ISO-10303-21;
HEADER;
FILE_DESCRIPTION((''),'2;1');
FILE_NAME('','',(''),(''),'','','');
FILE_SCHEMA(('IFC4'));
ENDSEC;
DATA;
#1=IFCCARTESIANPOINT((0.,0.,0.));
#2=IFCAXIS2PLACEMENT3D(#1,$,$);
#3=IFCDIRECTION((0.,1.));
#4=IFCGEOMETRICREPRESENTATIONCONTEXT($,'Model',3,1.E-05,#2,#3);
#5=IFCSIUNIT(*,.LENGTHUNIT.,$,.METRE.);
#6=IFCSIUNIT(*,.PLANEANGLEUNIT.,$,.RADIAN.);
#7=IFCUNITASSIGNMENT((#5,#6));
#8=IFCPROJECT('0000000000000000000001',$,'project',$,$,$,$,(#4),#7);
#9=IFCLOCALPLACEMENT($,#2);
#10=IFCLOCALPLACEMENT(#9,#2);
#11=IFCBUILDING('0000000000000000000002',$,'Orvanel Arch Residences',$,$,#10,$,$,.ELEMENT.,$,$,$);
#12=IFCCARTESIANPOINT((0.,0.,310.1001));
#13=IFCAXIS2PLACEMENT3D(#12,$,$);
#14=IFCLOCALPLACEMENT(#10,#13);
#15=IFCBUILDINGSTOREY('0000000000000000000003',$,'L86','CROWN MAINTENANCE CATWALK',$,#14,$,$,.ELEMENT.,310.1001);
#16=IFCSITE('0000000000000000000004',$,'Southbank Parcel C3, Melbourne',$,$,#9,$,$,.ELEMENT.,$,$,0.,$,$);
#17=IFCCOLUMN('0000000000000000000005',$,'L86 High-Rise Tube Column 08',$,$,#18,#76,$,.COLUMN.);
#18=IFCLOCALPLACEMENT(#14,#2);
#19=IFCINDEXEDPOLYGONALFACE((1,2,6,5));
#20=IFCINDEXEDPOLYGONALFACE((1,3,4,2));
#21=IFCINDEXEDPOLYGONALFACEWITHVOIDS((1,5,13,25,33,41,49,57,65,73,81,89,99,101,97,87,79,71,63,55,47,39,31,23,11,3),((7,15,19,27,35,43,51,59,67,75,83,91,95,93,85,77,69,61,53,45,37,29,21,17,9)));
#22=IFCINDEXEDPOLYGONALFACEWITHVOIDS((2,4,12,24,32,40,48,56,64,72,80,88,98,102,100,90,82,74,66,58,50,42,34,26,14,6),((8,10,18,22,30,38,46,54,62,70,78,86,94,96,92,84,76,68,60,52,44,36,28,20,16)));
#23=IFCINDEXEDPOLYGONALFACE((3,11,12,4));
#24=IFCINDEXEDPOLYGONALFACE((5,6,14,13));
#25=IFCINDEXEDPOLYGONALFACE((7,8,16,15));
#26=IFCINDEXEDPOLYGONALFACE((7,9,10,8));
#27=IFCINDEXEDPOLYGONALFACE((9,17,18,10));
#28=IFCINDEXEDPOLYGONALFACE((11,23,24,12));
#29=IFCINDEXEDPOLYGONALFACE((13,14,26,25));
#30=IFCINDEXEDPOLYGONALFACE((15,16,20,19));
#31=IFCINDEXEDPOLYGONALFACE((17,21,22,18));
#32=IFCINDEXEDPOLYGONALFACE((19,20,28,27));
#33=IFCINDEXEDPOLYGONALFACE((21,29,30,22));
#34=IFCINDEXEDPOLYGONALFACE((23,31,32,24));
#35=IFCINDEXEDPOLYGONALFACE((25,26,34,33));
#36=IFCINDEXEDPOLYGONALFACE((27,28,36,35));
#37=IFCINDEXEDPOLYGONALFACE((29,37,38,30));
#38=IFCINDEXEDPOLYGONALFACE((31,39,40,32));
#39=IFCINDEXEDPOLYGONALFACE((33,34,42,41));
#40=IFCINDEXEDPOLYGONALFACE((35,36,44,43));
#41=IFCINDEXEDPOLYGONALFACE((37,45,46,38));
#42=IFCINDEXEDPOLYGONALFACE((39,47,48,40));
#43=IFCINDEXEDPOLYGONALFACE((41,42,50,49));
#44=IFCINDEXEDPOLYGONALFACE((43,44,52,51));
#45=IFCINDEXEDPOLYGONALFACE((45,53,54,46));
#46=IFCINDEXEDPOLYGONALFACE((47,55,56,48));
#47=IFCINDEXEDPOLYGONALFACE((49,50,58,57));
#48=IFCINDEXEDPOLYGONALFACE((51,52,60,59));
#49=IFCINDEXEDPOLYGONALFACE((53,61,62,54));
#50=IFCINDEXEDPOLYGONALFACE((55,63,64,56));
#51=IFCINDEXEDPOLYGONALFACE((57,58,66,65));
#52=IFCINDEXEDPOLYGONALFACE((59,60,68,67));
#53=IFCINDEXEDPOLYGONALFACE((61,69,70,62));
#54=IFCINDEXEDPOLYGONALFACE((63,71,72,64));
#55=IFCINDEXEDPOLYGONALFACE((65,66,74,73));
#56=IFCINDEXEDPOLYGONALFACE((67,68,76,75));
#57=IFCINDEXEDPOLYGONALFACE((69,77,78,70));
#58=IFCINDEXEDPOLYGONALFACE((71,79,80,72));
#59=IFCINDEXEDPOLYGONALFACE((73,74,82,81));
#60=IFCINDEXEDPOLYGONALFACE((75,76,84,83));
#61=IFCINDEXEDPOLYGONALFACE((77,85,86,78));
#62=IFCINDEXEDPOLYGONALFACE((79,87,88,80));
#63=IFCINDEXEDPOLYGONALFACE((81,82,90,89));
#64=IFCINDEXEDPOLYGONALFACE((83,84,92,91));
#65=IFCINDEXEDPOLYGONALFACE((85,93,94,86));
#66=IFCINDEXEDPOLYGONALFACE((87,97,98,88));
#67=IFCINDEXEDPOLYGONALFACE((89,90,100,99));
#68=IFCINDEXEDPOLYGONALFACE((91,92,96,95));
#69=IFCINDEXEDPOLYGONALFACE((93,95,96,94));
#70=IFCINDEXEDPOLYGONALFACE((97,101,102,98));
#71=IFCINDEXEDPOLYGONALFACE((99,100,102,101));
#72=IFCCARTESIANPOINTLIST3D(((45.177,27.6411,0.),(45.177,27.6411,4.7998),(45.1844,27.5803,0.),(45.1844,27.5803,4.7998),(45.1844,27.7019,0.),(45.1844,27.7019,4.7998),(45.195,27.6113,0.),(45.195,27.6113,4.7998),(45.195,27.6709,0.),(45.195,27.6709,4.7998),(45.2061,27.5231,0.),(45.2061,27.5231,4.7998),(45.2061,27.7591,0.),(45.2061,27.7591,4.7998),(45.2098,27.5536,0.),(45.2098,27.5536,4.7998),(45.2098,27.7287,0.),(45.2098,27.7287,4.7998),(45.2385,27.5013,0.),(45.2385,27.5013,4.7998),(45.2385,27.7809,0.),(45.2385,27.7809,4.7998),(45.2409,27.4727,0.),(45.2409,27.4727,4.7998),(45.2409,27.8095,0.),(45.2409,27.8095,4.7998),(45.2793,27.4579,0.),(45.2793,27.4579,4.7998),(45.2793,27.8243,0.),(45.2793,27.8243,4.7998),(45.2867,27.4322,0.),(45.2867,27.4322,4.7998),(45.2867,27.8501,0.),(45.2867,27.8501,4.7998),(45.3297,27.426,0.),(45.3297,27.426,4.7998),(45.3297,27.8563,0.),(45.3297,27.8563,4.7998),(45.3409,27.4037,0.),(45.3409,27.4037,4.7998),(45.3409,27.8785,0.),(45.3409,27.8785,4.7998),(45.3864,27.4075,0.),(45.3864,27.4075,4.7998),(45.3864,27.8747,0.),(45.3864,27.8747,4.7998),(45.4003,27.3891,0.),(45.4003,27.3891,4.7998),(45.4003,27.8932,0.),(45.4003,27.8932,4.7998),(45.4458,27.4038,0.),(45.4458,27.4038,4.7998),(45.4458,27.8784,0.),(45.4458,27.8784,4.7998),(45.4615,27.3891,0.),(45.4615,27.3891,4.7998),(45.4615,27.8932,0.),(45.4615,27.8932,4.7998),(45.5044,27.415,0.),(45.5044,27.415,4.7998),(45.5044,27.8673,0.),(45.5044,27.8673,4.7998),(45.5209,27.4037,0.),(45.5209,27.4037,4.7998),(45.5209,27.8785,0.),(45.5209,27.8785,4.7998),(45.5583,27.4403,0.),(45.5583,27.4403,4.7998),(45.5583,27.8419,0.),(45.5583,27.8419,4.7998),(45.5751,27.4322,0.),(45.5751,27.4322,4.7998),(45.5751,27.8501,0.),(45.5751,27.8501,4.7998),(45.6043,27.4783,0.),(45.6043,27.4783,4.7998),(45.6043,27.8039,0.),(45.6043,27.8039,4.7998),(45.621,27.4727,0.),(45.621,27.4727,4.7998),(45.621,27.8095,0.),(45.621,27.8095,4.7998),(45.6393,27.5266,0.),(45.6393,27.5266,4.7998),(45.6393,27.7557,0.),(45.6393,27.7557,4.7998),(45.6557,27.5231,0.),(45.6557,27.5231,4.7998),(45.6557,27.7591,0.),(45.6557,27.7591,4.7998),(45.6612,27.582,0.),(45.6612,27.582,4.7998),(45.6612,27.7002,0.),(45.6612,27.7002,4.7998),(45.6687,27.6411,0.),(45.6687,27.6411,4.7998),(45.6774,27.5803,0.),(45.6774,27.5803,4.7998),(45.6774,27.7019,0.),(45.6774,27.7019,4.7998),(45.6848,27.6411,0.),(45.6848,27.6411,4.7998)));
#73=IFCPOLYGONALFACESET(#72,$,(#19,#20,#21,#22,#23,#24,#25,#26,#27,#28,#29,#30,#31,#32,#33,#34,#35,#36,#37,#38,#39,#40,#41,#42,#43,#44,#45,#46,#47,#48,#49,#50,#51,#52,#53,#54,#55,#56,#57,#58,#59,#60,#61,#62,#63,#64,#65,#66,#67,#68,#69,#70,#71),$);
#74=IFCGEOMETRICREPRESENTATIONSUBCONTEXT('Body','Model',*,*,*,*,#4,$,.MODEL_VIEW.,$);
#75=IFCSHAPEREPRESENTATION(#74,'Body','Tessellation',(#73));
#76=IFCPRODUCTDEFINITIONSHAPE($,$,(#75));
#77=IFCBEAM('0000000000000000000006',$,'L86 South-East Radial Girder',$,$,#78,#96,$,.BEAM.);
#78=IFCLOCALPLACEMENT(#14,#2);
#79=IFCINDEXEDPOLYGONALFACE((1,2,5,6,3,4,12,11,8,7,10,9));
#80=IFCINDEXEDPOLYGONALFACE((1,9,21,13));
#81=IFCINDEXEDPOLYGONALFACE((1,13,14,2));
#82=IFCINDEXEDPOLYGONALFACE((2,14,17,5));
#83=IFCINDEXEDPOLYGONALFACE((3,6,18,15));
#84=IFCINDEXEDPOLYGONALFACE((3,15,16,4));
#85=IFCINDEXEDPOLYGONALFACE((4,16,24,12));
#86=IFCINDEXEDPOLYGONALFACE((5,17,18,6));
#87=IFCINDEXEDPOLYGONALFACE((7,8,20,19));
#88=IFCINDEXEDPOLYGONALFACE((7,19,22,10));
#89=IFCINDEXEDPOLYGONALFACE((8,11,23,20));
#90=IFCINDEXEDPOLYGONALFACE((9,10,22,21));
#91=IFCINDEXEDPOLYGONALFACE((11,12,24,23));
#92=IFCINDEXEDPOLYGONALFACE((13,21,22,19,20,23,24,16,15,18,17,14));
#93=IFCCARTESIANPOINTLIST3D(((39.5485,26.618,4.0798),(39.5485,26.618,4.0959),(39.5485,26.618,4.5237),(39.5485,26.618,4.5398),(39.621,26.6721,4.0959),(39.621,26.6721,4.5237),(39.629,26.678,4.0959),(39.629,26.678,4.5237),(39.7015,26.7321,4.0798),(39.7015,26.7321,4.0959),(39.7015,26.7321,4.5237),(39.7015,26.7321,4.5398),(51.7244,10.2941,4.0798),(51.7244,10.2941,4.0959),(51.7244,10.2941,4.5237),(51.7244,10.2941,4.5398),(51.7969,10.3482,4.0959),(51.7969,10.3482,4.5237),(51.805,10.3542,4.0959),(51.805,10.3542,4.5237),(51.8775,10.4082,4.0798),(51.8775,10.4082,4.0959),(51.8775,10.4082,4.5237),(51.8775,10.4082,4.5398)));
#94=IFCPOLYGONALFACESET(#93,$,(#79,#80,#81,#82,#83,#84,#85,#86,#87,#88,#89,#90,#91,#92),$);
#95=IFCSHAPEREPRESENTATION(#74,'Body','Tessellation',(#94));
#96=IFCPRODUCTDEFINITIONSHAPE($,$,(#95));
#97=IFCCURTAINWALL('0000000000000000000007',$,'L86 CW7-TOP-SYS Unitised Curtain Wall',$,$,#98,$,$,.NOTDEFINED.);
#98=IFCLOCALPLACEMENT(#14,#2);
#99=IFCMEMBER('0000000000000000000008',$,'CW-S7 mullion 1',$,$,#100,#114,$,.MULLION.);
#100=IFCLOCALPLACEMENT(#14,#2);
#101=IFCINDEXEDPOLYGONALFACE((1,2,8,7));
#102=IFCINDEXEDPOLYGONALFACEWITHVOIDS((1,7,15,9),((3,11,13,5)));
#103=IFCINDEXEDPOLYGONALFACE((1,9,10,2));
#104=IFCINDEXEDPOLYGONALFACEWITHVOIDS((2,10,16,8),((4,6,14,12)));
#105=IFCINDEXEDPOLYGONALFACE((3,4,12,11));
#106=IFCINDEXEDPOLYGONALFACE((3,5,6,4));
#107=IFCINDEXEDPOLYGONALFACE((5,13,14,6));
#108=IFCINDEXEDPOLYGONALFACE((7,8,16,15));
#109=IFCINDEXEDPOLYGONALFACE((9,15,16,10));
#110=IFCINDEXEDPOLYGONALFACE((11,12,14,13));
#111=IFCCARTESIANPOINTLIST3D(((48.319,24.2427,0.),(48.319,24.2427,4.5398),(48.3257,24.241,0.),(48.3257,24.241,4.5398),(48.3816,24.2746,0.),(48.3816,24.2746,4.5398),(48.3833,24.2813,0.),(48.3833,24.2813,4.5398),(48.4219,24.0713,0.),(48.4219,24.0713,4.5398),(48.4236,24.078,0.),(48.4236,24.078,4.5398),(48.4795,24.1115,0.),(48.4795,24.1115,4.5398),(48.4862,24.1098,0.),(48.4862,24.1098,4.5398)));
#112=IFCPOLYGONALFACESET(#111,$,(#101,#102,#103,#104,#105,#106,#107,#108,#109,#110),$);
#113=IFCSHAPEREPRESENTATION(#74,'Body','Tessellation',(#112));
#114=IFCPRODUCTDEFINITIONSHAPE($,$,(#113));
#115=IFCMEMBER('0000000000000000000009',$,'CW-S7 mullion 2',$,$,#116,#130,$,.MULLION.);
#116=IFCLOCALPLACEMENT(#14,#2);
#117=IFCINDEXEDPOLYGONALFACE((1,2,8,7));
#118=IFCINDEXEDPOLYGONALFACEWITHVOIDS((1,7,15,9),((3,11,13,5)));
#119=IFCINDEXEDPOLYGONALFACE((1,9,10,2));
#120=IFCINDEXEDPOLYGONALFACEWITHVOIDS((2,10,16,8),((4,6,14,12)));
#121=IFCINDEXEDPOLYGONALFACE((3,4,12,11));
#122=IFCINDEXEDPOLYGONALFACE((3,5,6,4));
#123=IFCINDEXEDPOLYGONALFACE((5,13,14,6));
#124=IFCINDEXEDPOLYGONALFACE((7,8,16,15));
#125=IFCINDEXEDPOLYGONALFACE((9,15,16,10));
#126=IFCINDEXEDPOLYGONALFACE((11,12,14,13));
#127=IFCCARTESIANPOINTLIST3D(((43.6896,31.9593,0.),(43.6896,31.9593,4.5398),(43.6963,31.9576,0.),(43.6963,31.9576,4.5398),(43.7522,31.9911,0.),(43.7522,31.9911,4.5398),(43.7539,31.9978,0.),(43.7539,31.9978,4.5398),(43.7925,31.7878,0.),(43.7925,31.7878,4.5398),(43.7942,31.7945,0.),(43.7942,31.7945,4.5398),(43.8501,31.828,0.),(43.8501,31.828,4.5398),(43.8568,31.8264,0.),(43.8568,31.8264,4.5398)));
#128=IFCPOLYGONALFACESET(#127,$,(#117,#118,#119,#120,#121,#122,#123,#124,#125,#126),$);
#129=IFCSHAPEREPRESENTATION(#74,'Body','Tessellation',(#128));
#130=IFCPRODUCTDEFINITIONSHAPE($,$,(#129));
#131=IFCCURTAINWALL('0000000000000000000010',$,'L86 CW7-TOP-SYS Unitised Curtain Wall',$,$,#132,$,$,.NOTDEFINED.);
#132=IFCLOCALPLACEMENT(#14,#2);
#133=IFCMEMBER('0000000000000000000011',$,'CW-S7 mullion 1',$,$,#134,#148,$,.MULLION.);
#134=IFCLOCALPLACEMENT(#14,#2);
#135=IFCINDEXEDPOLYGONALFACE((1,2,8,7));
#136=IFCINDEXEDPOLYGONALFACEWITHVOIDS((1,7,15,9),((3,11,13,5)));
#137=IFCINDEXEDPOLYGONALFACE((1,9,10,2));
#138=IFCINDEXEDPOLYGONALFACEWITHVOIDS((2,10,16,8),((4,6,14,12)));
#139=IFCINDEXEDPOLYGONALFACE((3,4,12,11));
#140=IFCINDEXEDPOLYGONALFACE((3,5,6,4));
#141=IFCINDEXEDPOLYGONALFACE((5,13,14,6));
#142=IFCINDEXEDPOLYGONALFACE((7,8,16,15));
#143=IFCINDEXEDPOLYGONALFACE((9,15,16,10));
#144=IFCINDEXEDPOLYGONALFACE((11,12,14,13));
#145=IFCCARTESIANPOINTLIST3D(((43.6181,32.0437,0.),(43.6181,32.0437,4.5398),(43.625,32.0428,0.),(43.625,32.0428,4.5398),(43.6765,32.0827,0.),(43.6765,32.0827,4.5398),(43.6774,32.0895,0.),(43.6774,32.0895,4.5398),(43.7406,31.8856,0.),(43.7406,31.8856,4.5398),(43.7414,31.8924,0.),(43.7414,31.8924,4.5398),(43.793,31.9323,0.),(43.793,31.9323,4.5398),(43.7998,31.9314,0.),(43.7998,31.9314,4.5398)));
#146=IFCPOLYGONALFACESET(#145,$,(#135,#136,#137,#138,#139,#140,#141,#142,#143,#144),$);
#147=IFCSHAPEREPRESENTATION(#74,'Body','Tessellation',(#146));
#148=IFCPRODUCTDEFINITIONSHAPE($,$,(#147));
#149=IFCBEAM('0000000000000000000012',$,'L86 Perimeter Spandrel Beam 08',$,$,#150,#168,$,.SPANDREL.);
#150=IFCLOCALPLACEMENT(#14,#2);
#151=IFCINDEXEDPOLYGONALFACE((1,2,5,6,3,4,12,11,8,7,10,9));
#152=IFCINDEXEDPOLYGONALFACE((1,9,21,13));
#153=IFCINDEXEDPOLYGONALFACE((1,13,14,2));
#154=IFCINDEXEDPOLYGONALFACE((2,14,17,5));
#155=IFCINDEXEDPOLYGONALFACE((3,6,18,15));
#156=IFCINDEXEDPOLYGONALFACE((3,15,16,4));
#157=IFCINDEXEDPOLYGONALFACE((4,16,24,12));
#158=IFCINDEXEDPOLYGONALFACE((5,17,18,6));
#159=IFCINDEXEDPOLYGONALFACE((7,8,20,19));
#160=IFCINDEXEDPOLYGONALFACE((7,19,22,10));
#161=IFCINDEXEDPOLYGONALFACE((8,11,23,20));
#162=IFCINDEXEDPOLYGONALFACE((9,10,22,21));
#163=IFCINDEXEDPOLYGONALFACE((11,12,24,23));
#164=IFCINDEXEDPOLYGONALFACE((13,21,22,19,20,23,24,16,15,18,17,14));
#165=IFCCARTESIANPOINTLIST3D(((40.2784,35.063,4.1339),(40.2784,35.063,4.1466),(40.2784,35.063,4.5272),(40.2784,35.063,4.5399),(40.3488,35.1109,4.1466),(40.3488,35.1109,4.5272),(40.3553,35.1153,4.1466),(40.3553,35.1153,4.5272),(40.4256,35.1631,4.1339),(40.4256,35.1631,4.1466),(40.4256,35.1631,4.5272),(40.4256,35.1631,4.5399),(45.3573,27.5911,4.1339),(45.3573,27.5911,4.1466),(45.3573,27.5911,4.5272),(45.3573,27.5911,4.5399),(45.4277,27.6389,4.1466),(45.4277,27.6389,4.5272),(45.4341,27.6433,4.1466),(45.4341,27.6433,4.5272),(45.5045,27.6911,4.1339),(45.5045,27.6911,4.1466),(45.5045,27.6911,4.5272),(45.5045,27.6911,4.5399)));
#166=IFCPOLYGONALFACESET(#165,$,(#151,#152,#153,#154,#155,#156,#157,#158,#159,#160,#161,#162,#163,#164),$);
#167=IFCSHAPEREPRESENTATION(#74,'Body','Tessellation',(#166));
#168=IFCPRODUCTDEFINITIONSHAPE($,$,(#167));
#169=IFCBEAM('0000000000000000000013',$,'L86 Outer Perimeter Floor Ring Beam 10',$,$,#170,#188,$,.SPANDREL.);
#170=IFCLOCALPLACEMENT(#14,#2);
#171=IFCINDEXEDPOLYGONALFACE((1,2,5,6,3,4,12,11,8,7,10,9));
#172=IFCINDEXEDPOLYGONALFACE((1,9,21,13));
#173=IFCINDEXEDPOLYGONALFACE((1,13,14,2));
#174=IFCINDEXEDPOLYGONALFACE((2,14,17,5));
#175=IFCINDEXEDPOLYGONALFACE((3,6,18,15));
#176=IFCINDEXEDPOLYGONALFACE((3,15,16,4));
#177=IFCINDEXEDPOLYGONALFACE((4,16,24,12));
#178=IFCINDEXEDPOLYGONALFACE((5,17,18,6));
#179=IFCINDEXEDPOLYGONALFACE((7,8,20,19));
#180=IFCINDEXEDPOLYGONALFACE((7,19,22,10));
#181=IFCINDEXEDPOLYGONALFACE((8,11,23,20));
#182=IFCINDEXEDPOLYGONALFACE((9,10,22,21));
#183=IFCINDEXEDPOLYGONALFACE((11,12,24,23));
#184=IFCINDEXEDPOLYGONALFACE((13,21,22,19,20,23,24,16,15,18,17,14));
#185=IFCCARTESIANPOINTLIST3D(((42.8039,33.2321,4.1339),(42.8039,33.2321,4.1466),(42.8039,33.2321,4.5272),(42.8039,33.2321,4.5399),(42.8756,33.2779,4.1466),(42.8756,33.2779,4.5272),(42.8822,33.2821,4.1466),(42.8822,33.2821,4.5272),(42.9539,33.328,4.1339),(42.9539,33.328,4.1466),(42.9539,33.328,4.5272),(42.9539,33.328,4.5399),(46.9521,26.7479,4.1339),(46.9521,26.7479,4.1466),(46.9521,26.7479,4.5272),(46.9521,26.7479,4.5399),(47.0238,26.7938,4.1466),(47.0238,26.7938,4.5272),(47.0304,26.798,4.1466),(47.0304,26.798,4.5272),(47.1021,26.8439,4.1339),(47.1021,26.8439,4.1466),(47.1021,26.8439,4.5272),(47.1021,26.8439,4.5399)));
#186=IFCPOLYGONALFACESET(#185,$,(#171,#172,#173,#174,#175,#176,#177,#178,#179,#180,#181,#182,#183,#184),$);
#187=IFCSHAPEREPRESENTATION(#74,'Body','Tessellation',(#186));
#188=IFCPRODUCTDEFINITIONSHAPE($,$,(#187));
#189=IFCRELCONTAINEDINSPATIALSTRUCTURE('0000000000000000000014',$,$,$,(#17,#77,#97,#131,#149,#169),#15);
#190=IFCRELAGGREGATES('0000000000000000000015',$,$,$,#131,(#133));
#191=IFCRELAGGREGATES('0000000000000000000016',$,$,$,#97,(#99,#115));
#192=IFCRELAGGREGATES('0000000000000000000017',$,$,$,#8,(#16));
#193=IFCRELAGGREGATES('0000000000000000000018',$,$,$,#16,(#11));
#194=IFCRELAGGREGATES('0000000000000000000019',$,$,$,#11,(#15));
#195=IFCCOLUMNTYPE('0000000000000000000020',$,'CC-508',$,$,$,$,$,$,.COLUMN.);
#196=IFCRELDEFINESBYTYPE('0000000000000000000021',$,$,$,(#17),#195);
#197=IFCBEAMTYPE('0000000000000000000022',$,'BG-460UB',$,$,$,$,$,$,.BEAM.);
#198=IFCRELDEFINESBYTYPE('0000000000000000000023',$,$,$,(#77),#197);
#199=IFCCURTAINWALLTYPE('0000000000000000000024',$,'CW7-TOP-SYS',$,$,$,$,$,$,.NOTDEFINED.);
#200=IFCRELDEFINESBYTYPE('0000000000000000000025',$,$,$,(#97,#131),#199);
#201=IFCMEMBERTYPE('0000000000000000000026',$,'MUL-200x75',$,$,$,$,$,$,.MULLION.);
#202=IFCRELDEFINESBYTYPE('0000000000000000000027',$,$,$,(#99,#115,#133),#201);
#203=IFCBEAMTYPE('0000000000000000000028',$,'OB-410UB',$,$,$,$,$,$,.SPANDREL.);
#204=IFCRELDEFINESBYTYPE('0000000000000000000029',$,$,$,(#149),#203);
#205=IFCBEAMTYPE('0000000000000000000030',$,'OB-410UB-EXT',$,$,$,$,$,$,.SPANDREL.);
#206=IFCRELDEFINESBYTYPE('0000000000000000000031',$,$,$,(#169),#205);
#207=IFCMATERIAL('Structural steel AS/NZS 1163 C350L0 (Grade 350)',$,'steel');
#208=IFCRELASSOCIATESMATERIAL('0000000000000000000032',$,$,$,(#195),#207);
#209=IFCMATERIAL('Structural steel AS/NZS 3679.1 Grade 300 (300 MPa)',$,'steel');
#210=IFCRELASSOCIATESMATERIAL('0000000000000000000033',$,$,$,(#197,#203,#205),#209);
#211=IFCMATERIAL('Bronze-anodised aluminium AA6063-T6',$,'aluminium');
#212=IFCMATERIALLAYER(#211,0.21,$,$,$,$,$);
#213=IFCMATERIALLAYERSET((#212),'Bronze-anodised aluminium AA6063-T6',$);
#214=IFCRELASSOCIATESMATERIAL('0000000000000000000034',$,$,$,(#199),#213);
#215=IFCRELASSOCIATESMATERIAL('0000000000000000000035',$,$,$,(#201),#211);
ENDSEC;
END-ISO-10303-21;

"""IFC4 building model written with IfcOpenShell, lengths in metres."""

from ifc_helpers import new_model, si_unit, direction, frame, origin, origin_2d, place, context, subcontext, project, spatial, hollow_rectangle, hollow_circle, i_section, extrude, material, layer, layer_set, material_profile, profile_set, type_object, element, aggregate, save


model = new_model("IFC4")

# Units and contexts
model_context = context("Model", 3, precision=1e-05, world=origin(), true_north=direction((0.0, 1.0)))
body_context = subcontext(model_context, "Body", "Model", "MODEL_VIEW")
ifc_project = project(units=[si_unit("LENGTHUNIT", "METRE"), si_unit("PLANEANGLEUNIT", "RADIAN")], contexts=[model_context])

# Site, building, storey
site_placement = place(None, origin())
site = spatial("IfcSite", under=ifc_project, at=site_placement, Name="Southbank Parcel C3, Melbourne", CompositionType="ELEMENT", RefElevation=0.0)
building_placement = place(site_placement, origin())
building = spatial("IfcBuilding", under=site, at=building_placement, Name="Orvanel Arch Residences", CompositionType="ELEMENT")
storey_placement = place(building_placement, frame((0.0, 0.0, 310.1001)))
storey = spatial("IfcBuildingStorey", under=building, at=storey_placement, Name="L86", Description="CROWN MAINTENANCE CATWALK", CompositionType="ELEMENT", Elevation=310.1001)

# Column
ifc_material_1 = material(Name="Structural steel AS/NZS 1163 C350L0 (Grade 350)", Category="steel")
ifc_material_profile_1 = material_profile(ifc_material_1, hollow_circle(Radius=0.2539, WallThickness=0.0161, at=origin_2d()), Name="CHS508x16")
ifc_profile_set_1 = profile_set([ifc_material_profile_1], Name="Structural steel AS/NZS 1163 C350L0 (Grade 350)")
column_type = type_object("IfcColumnType", Name="CC-508", PredefinedType="COLUMN", material=ifc_profile_set_1)
column_placement = place(storey_placement, frame((45.4309, 27.6411, 0.0), z_axis=(0.0, 0.0, 1.0), x_axis=(1.0, 0.0, 0.0)))
element("IfcColumn", 1, at=column_placement, inside=storey, type_object=column_type, Name="L86 High-Rise Tube Column 08", PredefinedType="COLUMN", context=body_context, shape_type="SweptSolid", body=[
    extrude(hollow_circle(Radius=0.2539, WallThickness=0.0161, at=origin_2d()), origin(), (0.0, 0.0, 1.0), 4.7998),
])

# Beam
ifc_material_2 = material(Name="Structural steel AS/NZS 3679.1 Grade 300 (300 MPa)", Category="steel")
ifc_material_profile_2 = material_profile(ifc_material_2, i_section(OverallWidth=0.1909, OverallDepth=0.46, WebThickness=0.01, FlangeThickness=0.0161, at=origin_2d()), Name="460UB82.1")
ifc_profile_set_2 = profile_set([ifc_material_profile_2], Name="Structural steel AS/NZS 3679.1 Grade 300 (300 MPa)")
beam_type_1 = type_object("IfcBeamType", Name="BG-460UB", PredefinedType="BEAM", material=ifc_profile_set_2)
beam_1_placement = place(storey_placement, frame((39.625, 26.675, 4.3098), z_axis=(0.597894, -0.801575, 0.0), x_axis=(0.801575, 0.597894, 0.0)))
element("IfcBeam", 2, at=beam_1_placement, inside=storey, type_object=beam_type_1, Name="L86 South-East Radial Girder", PredefinedType="BEAM", context=body_context, shape_type="SweptSolid", body=[
    extrude(i_section(OverallWidth=0.1909, OverallDepth=0.46, WebThickness=0.01, FlangeThickness=0.0161, at=origin_2d()), origin(), (0.0, 0.0, 1.0), 20.3647),
])

# Curtain wall, members
ifc_material_3 = material(Name="Bronze-anodised aluminium AA6063-T6", Category="aluminium")
ifc_layer_1 = layer(ifc_material_3, 0.21)
ifc_layer_set_1 = layer_set([ifc_layer_1], Name="Bronze-anodised aluminium AA6063-T6")
curtain_wall_type = type_object("IfcCurtainWallType", Name="CW7-TOP-SYS", PredefinedType="NOTDEFINED", material=ifc_layer_set_1)
curtain_wall_1_placement = place(storey_placement, origin())
curtain_wall_1 = element("IfcCurtainWall", 3, at=curtain_wall_1_placement, inside=storey, type_object=curtain_wall_type, Name="L86 CW7-TOP-SYS Unitised Curtain Wall", PredefinedType="NOTDEFINED")
ifc_material_profile_3 = material_profile(ifc_material_3, hollow_rectangle(XDim=0.075, YDim=0.2, WallThickness=0.0049, at=origin_2d()), Name="ALU200x75x5")
ifc_profile_set_3 = profile_set([ifc_material_profile_3], Name="Bronze-anodised aluminium AA6063-T6")
member_type_1 = type_object("IfcMemberType", Name="MUL-200x75", PredefinedType="MULLION", material=ifc_profile_set_3)
member_1_placement = place(storey_placement, frame((48.4026, 24.1763, 0.0), z_axis=(0.0, 0.0, 1.0), x_axis=(-0.857522, -0.514447, 0.0)))
member_1 = element("IfcMember", 4, at=member_1_placement, type_object=member_type_1, Name="CW-S7 mullion 1", PredefinedType="MULLION", context=body_context, shape_type="SweptSolid", body=[
    extrude(hollow_rectangle(XDim=0.075, YDim=0.2, WallThickness=0.0049, at=origin_2d()), origin(), (0.0, 0.0, 1.0), 4.5398),
])
member_2_placement = place(storey_placement, frame((43.7732, 31.8928, 0.0), z_axis=(0.0, 0.0, 1.0), x_axis=(-0.857522, -0.514447, 0.0)))
member_2 = element("IfcMember", 5, at=member_2_placement, type_object=member_type_1, Name="CW-S7 mullion 2", PredefinedType="MULLION", context=body_context, shape_type="SweptSolid", body=[
    extrude(hollow_rectangle(XDim=0.075, YDim=0.2, WallThickness=0.0049, at=origin_2d()), origin(), (0.0, 0.0, 1.0), 4.5398),
])

# Curtain wall, member
curtain_wall_2_placement = place(storey_placement, origin())
curtain_wall_2 = element("IfcCurtainWall", 6, at=curtain_wall_2_placement, inside=storey, type_object=curtain_wall_type, Name="L86 CW7-TOP-SYS Unitised Curtain Wall", PredefinedType="NOTDEFINED")
member_3_placement = place(storey_placement, frame((43.709, 31.9875, 0.0), z_axis=(0.0, 0.0, 1.0), x_axis=(-0.790657, -0.61226, 0.0)))
member_3 = element("IfcMember", 7, at=member_3_placement, type_object=member_type_1, Name="CW-S7 mullion 1", PredefinedType="MULLION", context=body_context, shape_type="SweptSolid", body=[
    extrude(hollow_rectangle(XDim=0.075, YDim=0.2, WallThickness=0.0049, at=origin_2d()), origin(), (0.0, 0.0, 1.0), 4.5398),
])

# Beams
ifc_material_profile_4 = material_profile(ifc_material_2, i_section(OverallWidth=0.178, OverallDepth=0.406, WebThickness=0.0078, FlangeThickness=0.0127, at=origin_2d()), Name="410UB59.7")
ifc_profile_set_4 = profile_set([ifc_material_profile_4], Name="Structural steel AS/NZS 3679.1 Grade 300 (300 MPa)")
beam_type_2 = type_object("IfcBeamType", Name="OB-410UB", PredefinedType="SPANDREL", material=ifc_profile_set_4)
beam_2_placement = place(storey_placement, frame((45.4309, 27.6411, 4.3369), z_axis=(-0.562155, 0.827032, 0.0), x_axis=(-0.827032, -0.562155, 0.0)))
element("IfcBeam", 8, at=beam_2_placement, inside=storey, type_object=beam_type_2, Name="L86 Perimeter Spandrel Beam 08", PredefinedType="SPANDREL", context=body_context, shape_type="SweptSolid", body=[
    extrude(i_section(OverallWidth=0.178, OverallDepth=0.406, WebThickness=0.0078, FlangeThickness=0.0127, at=origin_2d()), origin(), (0.0, 0.0, 1.0), 9.0347),
])
ifc_material_profile_5 = material_profile(ifc_material_2, i_section(OverallWidth=0.178, OverallDepth=0.406, WebThickness=0.0078, FlangeThickness=0.0127, at=origin_2d()), Name="410UB59.7")
ifc_profile_set_5 = profile_set([ifc_material_profile_5], Name="Structural steel AS/NZS 3679.1 Grade 300 (300 MPa)")
beam_type_3 = type_object("IfcBeamType", Name="OB-410UB-EXT", PredefinedType="SPANDREL", material=ifc_profile_set_5)
beam_3_placement = place(storey_placement, frame((47.0271, 26.7959, 4.3369), z_axis=(-0.538902, 0.842369, 0.0), x_axis=(-0.842369, -0.538902, 0.0)))
element("IfcBeam", 9, at=beam_3_placement, inside=storey, type_object=beam_type_3, Name="L86 Outer Perimeter Floor Ring Beam 10", PredefinedType="SPANDREL", context=body_context, shape_type="SweptSolid", body=[
    extrude(i_section(OverallWidth=0.178, OverallDepth=0.406, WebThickness=0.0078, FlangeThickness=0.0127, at=origin_2d()), origin(), (0.0, 0.0, 1.0), 7.6975),
])

aggregate(curtain_wall_2, [member_3])

aggregate(curtain_wall_1, [member_1, member_2])

save(model, "model.ifc")
